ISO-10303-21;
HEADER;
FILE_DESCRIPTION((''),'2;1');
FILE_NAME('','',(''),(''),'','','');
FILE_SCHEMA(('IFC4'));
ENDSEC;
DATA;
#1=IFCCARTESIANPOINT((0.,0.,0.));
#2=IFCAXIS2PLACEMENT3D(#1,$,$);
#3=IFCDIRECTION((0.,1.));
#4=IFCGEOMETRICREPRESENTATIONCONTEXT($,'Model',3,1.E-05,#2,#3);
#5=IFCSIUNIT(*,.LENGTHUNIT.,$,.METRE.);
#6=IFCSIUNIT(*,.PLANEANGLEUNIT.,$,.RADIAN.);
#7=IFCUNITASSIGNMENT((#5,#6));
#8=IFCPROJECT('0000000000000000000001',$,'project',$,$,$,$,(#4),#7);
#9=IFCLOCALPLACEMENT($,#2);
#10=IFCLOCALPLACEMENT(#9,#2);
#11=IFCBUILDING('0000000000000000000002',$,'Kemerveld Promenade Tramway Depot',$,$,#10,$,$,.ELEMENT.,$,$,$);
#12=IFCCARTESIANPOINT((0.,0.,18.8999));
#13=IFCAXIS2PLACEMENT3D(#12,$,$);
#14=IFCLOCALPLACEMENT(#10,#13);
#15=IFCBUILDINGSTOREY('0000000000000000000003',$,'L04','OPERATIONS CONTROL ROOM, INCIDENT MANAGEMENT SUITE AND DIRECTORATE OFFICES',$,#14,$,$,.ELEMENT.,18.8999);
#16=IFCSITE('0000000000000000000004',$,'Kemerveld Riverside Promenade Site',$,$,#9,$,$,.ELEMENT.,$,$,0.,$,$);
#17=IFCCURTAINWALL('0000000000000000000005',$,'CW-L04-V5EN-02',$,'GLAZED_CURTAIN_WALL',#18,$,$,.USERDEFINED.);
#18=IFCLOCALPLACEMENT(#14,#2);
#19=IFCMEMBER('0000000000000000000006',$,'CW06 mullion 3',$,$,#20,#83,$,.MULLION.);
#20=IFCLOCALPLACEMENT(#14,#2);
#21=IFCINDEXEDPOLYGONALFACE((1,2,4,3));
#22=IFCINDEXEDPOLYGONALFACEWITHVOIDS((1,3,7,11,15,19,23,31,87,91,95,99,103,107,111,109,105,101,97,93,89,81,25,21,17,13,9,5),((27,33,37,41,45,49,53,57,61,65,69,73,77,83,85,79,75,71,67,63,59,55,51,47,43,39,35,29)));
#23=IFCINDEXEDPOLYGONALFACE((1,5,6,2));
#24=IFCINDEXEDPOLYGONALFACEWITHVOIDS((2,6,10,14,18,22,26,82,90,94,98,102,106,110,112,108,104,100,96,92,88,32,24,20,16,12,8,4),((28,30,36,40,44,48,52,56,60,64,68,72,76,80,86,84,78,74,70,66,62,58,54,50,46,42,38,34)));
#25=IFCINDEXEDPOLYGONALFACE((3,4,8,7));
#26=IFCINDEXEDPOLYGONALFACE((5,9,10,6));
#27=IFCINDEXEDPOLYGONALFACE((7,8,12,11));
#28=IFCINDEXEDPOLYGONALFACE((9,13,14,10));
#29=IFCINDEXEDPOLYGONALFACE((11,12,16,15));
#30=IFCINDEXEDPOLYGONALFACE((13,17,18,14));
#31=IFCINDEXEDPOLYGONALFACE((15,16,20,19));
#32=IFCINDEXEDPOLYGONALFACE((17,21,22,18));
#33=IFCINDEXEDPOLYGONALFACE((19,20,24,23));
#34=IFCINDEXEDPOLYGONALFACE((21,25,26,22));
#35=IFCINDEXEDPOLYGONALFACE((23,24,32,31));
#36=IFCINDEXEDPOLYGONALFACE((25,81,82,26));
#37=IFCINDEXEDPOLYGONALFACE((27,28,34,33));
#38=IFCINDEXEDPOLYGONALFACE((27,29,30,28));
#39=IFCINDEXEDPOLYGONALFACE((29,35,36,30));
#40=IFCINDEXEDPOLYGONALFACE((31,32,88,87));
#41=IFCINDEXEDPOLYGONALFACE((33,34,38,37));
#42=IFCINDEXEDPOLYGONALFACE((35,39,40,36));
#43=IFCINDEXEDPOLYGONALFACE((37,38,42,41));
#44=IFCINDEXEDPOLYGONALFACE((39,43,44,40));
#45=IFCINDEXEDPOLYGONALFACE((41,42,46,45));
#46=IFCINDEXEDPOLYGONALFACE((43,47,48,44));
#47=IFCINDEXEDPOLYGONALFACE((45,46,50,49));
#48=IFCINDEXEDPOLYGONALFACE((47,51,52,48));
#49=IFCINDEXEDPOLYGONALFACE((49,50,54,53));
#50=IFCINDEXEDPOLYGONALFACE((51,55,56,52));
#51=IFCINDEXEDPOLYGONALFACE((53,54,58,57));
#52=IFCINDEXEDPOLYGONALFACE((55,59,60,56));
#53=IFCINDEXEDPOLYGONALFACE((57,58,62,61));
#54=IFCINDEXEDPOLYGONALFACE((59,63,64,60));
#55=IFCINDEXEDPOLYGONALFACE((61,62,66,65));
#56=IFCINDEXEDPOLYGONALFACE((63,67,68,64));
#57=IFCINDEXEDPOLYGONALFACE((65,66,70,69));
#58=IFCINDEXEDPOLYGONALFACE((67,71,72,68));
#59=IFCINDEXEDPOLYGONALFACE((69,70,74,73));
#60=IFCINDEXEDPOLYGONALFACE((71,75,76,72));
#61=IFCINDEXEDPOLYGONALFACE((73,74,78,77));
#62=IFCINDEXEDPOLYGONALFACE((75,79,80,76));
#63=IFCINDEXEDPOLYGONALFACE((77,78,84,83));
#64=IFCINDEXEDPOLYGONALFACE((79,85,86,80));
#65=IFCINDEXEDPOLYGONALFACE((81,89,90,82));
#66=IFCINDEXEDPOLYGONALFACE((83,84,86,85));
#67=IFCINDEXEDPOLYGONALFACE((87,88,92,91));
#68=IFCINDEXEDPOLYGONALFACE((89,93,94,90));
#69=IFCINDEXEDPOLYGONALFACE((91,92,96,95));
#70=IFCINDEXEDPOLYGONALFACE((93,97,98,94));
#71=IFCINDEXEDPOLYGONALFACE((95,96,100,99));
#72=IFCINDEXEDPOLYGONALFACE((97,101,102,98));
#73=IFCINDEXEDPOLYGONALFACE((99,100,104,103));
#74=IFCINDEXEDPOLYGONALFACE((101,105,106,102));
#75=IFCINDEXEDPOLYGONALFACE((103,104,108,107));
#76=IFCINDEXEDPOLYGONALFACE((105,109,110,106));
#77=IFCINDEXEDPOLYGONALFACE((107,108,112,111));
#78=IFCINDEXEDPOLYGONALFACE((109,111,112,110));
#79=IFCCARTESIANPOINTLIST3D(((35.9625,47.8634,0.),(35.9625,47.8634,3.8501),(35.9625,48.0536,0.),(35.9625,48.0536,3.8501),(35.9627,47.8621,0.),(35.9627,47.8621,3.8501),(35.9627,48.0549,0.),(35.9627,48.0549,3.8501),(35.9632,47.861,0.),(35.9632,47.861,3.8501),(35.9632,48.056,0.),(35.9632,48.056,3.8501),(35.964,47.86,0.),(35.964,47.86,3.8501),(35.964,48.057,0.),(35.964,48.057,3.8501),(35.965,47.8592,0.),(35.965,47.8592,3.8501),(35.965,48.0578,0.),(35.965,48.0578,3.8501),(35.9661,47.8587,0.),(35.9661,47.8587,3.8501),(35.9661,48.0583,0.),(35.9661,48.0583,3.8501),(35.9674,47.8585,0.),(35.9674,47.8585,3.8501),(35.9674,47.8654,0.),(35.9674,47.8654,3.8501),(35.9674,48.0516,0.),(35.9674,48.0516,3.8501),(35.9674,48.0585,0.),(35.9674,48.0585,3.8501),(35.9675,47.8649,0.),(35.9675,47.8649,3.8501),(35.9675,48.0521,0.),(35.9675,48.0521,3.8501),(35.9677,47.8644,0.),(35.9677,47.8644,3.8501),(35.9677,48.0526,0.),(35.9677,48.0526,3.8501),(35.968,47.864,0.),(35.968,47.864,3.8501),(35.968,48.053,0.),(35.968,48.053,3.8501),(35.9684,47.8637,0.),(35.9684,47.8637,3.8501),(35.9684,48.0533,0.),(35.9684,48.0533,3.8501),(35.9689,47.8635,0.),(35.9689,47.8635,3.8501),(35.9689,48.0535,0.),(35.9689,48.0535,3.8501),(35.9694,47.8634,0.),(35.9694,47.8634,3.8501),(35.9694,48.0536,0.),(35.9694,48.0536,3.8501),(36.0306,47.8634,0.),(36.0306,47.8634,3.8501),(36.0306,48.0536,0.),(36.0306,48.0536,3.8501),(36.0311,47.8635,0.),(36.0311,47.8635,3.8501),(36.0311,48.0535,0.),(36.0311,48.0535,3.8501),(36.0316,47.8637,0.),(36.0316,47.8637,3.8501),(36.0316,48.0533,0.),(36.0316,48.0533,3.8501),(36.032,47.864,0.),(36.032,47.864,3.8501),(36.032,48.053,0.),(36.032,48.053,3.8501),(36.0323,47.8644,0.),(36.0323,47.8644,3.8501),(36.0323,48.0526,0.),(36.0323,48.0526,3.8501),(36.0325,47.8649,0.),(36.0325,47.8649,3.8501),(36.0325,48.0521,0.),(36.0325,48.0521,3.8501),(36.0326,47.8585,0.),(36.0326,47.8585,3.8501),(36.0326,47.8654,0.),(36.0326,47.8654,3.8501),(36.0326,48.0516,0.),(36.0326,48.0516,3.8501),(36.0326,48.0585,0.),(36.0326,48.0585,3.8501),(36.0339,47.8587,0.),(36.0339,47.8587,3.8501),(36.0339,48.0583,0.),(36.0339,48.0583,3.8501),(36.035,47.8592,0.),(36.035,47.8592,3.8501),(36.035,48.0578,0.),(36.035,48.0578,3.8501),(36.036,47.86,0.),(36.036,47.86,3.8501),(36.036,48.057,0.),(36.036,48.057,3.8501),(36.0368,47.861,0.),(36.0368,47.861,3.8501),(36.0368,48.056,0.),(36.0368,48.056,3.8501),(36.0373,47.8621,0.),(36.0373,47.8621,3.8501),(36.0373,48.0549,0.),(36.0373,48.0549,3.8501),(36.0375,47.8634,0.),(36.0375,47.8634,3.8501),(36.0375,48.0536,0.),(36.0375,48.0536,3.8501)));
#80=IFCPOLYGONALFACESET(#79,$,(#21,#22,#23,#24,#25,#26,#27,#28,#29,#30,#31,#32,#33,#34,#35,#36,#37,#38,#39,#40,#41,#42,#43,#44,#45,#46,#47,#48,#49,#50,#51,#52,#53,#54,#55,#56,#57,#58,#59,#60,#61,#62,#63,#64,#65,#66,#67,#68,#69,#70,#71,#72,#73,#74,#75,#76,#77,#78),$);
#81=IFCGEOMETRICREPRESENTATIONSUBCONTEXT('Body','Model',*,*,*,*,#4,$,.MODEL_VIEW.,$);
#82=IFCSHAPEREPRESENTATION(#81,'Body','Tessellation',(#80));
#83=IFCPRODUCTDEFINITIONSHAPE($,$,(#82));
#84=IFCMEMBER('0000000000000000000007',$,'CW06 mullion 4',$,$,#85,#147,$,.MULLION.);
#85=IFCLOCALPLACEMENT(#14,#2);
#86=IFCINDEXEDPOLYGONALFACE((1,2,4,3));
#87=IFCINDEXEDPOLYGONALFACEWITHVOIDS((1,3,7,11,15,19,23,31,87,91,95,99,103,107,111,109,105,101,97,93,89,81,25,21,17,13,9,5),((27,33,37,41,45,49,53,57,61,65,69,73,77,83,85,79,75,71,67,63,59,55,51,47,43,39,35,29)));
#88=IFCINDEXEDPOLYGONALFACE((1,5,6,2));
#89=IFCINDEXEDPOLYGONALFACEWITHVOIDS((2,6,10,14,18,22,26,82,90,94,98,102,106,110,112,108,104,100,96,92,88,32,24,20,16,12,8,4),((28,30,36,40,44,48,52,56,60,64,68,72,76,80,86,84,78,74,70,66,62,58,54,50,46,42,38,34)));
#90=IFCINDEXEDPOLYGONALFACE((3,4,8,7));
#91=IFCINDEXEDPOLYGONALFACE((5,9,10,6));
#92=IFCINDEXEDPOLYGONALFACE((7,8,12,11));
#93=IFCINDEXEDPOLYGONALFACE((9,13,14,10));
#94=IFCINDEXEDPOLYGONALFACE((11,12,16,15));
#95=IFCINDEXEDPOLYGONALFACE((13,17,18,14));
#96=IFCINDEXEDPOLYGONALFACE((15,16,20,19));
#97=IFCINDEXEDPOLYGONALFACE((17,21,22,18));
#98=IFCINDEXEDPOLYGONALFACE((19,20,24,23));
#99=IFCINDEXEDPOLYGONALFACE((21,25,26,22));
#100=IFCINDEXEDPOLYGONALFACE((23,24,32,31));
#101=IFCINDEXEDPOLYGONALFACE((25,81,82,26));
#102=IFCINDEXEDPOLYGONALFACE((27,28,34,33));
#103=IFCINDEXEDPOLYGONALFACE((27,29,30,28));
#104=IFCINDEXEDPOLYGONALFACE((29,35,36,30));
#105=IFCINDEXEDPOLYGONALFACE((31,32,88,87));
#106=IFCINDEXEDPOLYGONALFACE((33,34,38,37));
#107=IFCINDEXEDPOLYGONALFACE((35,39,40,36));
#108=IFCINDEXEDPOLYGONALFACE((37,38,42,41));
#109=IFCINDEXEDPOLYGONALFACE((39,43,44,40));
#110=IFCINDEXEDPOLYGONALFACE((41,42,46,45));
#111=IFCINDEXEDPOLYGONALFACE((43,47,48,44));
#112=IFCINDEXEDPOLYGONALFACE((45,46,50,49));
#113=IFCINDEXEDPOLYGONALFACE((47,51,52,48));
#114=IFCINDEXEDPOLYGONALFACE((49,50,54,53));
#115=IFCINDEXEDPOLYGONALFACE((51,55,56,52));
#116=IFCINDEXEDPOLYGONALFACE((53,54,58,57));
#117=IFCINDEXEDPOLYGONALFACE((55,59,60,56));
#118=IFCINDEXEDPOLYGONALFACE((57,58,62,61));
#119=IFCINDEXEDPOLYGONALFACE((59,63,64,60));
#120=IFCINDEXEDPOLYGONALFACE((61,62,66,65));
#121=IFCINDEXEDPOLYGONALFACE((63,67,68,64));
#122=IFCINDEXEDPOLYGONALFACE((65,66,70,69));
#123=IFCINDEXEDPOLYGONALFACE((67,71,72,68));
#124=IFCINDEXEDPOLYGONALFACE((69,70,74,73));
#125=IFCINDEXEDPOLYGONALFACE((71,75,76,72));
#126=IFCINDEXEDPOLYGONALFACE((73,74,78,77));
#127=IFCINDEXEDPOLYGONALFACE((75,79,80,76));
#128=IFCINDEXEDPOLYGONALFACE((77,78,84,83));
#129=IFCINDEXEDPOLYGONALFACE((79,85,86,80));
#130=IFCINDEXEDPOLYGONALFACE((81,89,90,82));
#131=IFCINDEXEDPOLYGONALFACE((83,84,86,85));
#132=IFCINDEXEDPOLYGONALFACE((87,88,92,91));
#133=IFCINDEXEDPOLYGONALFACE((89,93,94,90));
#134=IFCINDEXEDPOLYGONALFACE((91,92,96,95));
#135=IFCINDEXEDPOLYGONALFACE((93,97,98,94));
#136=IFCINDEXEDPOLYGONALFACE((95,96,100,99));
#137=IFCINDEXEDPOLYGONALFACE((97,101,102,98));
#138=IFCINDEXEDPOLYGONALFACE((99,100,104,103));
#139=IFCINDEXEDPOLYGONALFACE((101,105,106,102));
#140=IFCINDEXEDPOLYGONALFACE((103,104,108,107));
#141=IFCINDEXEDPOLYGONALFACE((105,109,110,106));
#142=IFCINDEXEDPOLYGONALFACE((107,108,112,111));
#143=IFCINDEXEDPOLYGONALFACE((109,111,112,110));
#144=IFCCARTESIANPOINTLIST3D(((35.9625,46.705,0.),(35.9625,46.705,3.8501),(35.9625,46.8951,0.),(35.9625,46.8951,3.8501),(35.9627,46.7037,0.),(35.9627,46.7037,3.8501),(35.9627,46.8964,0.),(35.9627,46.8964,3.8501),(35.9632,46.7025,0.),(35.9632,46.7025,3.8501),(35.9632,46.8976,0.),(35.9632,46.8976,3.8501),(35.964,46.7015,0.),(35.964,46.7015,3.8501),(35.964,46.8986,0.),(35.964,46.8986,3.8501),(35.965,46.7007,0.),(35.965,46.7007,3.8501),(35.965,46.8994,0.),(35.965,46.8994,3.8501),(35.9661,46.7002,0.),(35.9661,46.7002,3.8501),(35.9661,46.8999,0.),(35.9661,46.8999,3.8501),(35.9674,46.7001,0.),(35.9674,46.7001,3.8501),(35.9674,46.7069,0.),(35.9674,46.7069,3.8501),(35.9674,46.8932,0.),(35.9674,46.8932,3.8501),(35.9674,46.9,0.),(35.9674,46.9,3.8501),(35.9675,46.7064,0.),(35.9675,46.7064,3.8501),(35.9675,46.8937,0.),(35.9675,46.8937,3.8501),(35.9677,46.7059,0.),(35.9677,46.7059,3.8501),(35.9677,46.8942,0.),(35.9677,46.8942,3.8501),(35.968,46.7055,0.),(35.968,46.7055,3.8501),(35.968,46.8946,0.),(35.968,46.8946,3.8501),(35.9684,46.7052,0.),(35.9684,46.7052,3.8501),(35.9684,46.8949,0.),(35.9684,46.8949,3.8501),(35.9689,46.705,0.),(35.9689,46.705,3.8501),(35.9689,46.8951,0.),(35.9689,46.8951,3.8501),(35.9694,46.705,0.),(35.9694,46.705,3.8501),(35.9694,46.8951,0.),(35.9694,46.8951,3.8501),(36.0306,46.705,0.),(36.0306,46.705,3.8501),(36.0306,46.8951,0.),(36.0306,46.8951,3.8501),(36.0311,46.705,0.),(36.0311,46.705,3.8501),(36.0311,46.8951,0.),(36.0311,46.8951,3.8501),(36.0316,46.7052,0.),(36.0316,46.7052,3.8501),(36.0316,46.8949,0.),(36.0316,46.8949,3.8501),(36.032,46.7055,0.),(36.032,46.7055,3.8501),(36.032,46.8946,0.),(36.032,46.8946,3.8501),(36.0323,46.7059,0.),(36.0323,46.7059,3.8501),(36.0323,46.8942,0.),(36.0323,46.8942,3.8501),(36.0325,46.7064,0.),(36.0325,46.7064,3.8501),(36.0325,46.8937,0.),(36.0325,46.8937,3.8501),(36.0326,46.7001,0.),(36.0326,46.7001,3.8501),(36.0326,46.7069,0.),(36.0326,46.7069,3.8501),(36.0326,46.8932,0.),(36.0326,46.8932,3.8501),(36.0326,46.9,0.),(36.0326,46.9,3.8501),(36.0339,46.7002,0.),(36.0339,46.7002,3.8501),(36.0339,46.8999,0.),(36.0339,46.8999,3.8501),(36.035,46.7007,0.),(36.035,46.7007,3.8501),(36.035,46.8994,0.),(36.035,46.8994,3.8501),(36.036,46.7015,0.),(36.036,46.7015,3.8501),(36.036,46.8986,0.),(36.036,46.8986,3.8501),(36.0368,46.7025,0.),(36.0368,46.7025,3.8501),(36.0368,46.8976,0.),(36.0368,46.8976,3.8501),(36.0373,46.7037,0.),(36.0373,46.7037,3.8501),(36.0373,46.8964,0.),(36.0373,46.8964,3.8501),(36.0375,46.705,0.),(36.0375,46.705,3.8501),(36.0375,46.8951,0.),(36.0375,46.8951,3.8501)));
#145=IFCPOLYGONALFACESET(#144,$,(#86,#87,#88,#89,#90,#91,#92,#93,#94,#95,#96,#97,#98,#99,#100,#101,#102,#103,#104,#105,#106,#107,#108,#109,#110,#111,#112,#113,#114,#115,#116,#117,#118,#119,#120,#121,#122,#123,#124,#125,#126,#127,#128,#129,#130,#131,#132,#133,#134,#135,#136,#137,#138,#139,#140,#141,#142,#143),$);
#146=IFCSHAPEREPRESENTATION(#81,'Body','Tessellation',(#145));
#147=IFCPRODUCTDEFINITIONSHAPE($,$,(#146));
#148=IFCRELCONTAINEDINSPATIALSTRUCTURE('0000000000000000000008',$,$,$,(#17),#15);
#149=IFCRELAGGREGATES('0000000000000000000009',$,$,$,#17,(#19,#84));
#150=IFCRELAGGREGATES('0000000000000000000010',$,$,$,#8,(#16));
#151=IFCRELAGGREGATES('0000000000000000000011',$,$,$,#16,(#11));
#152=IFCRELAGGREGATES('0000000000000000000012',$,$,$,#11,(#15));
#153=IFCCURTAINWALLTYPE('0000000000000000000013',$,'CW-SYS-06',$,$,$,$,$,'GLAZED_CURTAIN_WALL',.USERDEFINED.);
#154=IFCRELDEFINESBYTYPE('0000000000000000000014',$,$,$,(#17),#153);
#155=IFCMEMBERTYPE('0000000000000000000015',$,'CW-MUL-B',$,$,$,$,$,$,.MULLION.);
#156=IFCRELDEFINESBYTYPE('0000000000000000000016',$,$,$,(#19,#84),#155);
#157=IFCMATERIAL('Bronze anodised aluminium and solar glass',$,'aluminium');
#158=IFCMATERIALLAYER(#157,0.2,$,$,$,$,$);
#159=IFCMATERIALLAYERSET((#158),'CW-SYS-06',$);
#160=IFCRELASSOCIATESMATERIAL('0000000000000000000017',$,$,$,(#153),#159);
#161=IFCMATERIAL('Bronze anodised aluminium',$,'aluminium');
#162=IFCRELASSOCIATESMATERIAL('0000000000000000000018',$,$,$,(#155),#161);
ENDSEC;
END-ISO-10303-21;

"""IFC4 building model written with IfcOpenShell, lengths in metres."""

from ifc_helpers import new_model, si_unit, direction, frame, origin, origin_2d, place, context, subcontext, project, spatial, hollow_rectangle, extrude, material, layer, layer_set, material_profile, profile_set, type_object, element, aggregate, save


model = new_model("IFC4")

# Units and contexts
model_context = context("Model", 3, precision=1e-05, world=origin(), true_north=direction((0.0, 1.0)))
body_context = subcontext(model_context, "Body", "Model", "MODEL_VIEW")
ifc_project = project(units=[si_unit("LENGTHUNIT", "METRE"), si_unit("PLANEANGLEUNIT", "RADIAN")], contexts=[model_context])

# Site, building, storey
site_placement = place(None, origin())
site = spatial("IfcSite", under=ifc_project, at=site_placement, Name="Kemerveld Riverside Promenade Site", CompositionType="ELEMENT", RefElevation=0.0)
building_placement = place(site_placement, origin())
building = spatial("IfcBuilding", under=site, at=building_placement, Name="Kemerveld Promenade Tramway Depot", CompositionType="ELEMENT")
storey_placement = place(building_placement, frame((0.0, 0.0, 18.8999)))
storey = spatial("IfcBuildingStorey", under=building, at=storey_placement, Name="L04", Description="OPERATIONS CONTROL ROOM, INCIDENT MANAGEMENT SUITE AND DIRECTORATE OFFICES", CompositionType="ELEMENT", Elevation=18.8999)

# Shared definitions
ifc_material_1 = material(Name="Bronze anodised aluminium and solar glass", Category="aluminium")
ifc_material_2 = material(Name="Bronze anodised aluminium", Category="aluminium")

# Curtain wall, members
ifc_layer_1 = layer(ifc_material_1, 0.2)
ifc_layer_set_1 = layer_set([ifc_layer_1], Name="CW-SYS-06")
curtain_wall_type_1 = type_object("IfcCurtainWallType", Name="CW-SYS-06", ElementType="GLAZED_CURTAIN_WALL", PredefinedType="USERDEFINED", material=ifc_layer_set_1)
curtain_wall_1_placement = place(storey_placement, origin())
curtain_wall_1 = element("IfcCurtainWall", 1, at=curtain_wall_1_placement, inside=storey, type_object=curtain_wall_type_1, Name="CW-L04-V5EN-02", ObjectType="GLAZED_CURTAIN_WALL", PredefinedType="USERDEFINED")
ifc_material_profile_1 = material_profile(ifc_material_2, hollow_rectangle(XDim=0.075, YDim=0.2, WallThickness=0.0049, InnerFilletRadius=0.002, OuterFilletRadius=0.0049, at=origin_2d()), Name="CW-MUL-200x75")
ifc_profile_set_1 = profile_set([ifc_material_profile_1], Name="Bronze anodised aluminium")
member_type_1 = type_object("IfcMemberType", Name="CW-MUL-B", PredefinedType="MULLION", material=ifc_profile_set_1)
member_1_placement = place(storey_placement, frame((36.0, 47.9585, 0.0), z_axis=(0.0, 0.0, 1.0), x_axis=(1.0, 0.0, 0.0)))
member_1 = element("IfcMember", 2, at=member_1_placement, type_object=member_type_1, Name="CW06 mullion 3", PredefinedType="MULLION", context=body_context, shape_type="SweptSolid", body=[
    extrude(hollow_rectangle(XDim=0.075, YDim=0.2, WallThickness=0.0049, InnerFilletRadius=0.002, OuterFilletRadius=0.0049, at=origin_2d()), origin(), (0.0, 0.0, 1.0), 3.8501),
])
member_2_placement = place(storey_placement, frame((36.0, 46.8, 0.0), z_axis=(0.0, 0.0, 1.0), x_axis=(1.0, 0.0, 0.0)))
member_2 = element("IfcMember", 3, at=member_2_placement, type_object=member_type_1, Name="CW06 mullion 4", PredefinedType="MULLION", context=body_context, shape_type="SweptSolid", body=[
    extrude(hollow_rectangle(XDim=0.075, YDim=0.2, WallThickness=0.0049, InnerFilletRadius=0.002, OuterFilletRadius=0.0049, at=origin_2d()), origin(), (0.0, 0.0, 1.0), 3.8501),
])

aggregate(curtain_wall_1, [member_1, member_2])

save(model, "model.ifc")
